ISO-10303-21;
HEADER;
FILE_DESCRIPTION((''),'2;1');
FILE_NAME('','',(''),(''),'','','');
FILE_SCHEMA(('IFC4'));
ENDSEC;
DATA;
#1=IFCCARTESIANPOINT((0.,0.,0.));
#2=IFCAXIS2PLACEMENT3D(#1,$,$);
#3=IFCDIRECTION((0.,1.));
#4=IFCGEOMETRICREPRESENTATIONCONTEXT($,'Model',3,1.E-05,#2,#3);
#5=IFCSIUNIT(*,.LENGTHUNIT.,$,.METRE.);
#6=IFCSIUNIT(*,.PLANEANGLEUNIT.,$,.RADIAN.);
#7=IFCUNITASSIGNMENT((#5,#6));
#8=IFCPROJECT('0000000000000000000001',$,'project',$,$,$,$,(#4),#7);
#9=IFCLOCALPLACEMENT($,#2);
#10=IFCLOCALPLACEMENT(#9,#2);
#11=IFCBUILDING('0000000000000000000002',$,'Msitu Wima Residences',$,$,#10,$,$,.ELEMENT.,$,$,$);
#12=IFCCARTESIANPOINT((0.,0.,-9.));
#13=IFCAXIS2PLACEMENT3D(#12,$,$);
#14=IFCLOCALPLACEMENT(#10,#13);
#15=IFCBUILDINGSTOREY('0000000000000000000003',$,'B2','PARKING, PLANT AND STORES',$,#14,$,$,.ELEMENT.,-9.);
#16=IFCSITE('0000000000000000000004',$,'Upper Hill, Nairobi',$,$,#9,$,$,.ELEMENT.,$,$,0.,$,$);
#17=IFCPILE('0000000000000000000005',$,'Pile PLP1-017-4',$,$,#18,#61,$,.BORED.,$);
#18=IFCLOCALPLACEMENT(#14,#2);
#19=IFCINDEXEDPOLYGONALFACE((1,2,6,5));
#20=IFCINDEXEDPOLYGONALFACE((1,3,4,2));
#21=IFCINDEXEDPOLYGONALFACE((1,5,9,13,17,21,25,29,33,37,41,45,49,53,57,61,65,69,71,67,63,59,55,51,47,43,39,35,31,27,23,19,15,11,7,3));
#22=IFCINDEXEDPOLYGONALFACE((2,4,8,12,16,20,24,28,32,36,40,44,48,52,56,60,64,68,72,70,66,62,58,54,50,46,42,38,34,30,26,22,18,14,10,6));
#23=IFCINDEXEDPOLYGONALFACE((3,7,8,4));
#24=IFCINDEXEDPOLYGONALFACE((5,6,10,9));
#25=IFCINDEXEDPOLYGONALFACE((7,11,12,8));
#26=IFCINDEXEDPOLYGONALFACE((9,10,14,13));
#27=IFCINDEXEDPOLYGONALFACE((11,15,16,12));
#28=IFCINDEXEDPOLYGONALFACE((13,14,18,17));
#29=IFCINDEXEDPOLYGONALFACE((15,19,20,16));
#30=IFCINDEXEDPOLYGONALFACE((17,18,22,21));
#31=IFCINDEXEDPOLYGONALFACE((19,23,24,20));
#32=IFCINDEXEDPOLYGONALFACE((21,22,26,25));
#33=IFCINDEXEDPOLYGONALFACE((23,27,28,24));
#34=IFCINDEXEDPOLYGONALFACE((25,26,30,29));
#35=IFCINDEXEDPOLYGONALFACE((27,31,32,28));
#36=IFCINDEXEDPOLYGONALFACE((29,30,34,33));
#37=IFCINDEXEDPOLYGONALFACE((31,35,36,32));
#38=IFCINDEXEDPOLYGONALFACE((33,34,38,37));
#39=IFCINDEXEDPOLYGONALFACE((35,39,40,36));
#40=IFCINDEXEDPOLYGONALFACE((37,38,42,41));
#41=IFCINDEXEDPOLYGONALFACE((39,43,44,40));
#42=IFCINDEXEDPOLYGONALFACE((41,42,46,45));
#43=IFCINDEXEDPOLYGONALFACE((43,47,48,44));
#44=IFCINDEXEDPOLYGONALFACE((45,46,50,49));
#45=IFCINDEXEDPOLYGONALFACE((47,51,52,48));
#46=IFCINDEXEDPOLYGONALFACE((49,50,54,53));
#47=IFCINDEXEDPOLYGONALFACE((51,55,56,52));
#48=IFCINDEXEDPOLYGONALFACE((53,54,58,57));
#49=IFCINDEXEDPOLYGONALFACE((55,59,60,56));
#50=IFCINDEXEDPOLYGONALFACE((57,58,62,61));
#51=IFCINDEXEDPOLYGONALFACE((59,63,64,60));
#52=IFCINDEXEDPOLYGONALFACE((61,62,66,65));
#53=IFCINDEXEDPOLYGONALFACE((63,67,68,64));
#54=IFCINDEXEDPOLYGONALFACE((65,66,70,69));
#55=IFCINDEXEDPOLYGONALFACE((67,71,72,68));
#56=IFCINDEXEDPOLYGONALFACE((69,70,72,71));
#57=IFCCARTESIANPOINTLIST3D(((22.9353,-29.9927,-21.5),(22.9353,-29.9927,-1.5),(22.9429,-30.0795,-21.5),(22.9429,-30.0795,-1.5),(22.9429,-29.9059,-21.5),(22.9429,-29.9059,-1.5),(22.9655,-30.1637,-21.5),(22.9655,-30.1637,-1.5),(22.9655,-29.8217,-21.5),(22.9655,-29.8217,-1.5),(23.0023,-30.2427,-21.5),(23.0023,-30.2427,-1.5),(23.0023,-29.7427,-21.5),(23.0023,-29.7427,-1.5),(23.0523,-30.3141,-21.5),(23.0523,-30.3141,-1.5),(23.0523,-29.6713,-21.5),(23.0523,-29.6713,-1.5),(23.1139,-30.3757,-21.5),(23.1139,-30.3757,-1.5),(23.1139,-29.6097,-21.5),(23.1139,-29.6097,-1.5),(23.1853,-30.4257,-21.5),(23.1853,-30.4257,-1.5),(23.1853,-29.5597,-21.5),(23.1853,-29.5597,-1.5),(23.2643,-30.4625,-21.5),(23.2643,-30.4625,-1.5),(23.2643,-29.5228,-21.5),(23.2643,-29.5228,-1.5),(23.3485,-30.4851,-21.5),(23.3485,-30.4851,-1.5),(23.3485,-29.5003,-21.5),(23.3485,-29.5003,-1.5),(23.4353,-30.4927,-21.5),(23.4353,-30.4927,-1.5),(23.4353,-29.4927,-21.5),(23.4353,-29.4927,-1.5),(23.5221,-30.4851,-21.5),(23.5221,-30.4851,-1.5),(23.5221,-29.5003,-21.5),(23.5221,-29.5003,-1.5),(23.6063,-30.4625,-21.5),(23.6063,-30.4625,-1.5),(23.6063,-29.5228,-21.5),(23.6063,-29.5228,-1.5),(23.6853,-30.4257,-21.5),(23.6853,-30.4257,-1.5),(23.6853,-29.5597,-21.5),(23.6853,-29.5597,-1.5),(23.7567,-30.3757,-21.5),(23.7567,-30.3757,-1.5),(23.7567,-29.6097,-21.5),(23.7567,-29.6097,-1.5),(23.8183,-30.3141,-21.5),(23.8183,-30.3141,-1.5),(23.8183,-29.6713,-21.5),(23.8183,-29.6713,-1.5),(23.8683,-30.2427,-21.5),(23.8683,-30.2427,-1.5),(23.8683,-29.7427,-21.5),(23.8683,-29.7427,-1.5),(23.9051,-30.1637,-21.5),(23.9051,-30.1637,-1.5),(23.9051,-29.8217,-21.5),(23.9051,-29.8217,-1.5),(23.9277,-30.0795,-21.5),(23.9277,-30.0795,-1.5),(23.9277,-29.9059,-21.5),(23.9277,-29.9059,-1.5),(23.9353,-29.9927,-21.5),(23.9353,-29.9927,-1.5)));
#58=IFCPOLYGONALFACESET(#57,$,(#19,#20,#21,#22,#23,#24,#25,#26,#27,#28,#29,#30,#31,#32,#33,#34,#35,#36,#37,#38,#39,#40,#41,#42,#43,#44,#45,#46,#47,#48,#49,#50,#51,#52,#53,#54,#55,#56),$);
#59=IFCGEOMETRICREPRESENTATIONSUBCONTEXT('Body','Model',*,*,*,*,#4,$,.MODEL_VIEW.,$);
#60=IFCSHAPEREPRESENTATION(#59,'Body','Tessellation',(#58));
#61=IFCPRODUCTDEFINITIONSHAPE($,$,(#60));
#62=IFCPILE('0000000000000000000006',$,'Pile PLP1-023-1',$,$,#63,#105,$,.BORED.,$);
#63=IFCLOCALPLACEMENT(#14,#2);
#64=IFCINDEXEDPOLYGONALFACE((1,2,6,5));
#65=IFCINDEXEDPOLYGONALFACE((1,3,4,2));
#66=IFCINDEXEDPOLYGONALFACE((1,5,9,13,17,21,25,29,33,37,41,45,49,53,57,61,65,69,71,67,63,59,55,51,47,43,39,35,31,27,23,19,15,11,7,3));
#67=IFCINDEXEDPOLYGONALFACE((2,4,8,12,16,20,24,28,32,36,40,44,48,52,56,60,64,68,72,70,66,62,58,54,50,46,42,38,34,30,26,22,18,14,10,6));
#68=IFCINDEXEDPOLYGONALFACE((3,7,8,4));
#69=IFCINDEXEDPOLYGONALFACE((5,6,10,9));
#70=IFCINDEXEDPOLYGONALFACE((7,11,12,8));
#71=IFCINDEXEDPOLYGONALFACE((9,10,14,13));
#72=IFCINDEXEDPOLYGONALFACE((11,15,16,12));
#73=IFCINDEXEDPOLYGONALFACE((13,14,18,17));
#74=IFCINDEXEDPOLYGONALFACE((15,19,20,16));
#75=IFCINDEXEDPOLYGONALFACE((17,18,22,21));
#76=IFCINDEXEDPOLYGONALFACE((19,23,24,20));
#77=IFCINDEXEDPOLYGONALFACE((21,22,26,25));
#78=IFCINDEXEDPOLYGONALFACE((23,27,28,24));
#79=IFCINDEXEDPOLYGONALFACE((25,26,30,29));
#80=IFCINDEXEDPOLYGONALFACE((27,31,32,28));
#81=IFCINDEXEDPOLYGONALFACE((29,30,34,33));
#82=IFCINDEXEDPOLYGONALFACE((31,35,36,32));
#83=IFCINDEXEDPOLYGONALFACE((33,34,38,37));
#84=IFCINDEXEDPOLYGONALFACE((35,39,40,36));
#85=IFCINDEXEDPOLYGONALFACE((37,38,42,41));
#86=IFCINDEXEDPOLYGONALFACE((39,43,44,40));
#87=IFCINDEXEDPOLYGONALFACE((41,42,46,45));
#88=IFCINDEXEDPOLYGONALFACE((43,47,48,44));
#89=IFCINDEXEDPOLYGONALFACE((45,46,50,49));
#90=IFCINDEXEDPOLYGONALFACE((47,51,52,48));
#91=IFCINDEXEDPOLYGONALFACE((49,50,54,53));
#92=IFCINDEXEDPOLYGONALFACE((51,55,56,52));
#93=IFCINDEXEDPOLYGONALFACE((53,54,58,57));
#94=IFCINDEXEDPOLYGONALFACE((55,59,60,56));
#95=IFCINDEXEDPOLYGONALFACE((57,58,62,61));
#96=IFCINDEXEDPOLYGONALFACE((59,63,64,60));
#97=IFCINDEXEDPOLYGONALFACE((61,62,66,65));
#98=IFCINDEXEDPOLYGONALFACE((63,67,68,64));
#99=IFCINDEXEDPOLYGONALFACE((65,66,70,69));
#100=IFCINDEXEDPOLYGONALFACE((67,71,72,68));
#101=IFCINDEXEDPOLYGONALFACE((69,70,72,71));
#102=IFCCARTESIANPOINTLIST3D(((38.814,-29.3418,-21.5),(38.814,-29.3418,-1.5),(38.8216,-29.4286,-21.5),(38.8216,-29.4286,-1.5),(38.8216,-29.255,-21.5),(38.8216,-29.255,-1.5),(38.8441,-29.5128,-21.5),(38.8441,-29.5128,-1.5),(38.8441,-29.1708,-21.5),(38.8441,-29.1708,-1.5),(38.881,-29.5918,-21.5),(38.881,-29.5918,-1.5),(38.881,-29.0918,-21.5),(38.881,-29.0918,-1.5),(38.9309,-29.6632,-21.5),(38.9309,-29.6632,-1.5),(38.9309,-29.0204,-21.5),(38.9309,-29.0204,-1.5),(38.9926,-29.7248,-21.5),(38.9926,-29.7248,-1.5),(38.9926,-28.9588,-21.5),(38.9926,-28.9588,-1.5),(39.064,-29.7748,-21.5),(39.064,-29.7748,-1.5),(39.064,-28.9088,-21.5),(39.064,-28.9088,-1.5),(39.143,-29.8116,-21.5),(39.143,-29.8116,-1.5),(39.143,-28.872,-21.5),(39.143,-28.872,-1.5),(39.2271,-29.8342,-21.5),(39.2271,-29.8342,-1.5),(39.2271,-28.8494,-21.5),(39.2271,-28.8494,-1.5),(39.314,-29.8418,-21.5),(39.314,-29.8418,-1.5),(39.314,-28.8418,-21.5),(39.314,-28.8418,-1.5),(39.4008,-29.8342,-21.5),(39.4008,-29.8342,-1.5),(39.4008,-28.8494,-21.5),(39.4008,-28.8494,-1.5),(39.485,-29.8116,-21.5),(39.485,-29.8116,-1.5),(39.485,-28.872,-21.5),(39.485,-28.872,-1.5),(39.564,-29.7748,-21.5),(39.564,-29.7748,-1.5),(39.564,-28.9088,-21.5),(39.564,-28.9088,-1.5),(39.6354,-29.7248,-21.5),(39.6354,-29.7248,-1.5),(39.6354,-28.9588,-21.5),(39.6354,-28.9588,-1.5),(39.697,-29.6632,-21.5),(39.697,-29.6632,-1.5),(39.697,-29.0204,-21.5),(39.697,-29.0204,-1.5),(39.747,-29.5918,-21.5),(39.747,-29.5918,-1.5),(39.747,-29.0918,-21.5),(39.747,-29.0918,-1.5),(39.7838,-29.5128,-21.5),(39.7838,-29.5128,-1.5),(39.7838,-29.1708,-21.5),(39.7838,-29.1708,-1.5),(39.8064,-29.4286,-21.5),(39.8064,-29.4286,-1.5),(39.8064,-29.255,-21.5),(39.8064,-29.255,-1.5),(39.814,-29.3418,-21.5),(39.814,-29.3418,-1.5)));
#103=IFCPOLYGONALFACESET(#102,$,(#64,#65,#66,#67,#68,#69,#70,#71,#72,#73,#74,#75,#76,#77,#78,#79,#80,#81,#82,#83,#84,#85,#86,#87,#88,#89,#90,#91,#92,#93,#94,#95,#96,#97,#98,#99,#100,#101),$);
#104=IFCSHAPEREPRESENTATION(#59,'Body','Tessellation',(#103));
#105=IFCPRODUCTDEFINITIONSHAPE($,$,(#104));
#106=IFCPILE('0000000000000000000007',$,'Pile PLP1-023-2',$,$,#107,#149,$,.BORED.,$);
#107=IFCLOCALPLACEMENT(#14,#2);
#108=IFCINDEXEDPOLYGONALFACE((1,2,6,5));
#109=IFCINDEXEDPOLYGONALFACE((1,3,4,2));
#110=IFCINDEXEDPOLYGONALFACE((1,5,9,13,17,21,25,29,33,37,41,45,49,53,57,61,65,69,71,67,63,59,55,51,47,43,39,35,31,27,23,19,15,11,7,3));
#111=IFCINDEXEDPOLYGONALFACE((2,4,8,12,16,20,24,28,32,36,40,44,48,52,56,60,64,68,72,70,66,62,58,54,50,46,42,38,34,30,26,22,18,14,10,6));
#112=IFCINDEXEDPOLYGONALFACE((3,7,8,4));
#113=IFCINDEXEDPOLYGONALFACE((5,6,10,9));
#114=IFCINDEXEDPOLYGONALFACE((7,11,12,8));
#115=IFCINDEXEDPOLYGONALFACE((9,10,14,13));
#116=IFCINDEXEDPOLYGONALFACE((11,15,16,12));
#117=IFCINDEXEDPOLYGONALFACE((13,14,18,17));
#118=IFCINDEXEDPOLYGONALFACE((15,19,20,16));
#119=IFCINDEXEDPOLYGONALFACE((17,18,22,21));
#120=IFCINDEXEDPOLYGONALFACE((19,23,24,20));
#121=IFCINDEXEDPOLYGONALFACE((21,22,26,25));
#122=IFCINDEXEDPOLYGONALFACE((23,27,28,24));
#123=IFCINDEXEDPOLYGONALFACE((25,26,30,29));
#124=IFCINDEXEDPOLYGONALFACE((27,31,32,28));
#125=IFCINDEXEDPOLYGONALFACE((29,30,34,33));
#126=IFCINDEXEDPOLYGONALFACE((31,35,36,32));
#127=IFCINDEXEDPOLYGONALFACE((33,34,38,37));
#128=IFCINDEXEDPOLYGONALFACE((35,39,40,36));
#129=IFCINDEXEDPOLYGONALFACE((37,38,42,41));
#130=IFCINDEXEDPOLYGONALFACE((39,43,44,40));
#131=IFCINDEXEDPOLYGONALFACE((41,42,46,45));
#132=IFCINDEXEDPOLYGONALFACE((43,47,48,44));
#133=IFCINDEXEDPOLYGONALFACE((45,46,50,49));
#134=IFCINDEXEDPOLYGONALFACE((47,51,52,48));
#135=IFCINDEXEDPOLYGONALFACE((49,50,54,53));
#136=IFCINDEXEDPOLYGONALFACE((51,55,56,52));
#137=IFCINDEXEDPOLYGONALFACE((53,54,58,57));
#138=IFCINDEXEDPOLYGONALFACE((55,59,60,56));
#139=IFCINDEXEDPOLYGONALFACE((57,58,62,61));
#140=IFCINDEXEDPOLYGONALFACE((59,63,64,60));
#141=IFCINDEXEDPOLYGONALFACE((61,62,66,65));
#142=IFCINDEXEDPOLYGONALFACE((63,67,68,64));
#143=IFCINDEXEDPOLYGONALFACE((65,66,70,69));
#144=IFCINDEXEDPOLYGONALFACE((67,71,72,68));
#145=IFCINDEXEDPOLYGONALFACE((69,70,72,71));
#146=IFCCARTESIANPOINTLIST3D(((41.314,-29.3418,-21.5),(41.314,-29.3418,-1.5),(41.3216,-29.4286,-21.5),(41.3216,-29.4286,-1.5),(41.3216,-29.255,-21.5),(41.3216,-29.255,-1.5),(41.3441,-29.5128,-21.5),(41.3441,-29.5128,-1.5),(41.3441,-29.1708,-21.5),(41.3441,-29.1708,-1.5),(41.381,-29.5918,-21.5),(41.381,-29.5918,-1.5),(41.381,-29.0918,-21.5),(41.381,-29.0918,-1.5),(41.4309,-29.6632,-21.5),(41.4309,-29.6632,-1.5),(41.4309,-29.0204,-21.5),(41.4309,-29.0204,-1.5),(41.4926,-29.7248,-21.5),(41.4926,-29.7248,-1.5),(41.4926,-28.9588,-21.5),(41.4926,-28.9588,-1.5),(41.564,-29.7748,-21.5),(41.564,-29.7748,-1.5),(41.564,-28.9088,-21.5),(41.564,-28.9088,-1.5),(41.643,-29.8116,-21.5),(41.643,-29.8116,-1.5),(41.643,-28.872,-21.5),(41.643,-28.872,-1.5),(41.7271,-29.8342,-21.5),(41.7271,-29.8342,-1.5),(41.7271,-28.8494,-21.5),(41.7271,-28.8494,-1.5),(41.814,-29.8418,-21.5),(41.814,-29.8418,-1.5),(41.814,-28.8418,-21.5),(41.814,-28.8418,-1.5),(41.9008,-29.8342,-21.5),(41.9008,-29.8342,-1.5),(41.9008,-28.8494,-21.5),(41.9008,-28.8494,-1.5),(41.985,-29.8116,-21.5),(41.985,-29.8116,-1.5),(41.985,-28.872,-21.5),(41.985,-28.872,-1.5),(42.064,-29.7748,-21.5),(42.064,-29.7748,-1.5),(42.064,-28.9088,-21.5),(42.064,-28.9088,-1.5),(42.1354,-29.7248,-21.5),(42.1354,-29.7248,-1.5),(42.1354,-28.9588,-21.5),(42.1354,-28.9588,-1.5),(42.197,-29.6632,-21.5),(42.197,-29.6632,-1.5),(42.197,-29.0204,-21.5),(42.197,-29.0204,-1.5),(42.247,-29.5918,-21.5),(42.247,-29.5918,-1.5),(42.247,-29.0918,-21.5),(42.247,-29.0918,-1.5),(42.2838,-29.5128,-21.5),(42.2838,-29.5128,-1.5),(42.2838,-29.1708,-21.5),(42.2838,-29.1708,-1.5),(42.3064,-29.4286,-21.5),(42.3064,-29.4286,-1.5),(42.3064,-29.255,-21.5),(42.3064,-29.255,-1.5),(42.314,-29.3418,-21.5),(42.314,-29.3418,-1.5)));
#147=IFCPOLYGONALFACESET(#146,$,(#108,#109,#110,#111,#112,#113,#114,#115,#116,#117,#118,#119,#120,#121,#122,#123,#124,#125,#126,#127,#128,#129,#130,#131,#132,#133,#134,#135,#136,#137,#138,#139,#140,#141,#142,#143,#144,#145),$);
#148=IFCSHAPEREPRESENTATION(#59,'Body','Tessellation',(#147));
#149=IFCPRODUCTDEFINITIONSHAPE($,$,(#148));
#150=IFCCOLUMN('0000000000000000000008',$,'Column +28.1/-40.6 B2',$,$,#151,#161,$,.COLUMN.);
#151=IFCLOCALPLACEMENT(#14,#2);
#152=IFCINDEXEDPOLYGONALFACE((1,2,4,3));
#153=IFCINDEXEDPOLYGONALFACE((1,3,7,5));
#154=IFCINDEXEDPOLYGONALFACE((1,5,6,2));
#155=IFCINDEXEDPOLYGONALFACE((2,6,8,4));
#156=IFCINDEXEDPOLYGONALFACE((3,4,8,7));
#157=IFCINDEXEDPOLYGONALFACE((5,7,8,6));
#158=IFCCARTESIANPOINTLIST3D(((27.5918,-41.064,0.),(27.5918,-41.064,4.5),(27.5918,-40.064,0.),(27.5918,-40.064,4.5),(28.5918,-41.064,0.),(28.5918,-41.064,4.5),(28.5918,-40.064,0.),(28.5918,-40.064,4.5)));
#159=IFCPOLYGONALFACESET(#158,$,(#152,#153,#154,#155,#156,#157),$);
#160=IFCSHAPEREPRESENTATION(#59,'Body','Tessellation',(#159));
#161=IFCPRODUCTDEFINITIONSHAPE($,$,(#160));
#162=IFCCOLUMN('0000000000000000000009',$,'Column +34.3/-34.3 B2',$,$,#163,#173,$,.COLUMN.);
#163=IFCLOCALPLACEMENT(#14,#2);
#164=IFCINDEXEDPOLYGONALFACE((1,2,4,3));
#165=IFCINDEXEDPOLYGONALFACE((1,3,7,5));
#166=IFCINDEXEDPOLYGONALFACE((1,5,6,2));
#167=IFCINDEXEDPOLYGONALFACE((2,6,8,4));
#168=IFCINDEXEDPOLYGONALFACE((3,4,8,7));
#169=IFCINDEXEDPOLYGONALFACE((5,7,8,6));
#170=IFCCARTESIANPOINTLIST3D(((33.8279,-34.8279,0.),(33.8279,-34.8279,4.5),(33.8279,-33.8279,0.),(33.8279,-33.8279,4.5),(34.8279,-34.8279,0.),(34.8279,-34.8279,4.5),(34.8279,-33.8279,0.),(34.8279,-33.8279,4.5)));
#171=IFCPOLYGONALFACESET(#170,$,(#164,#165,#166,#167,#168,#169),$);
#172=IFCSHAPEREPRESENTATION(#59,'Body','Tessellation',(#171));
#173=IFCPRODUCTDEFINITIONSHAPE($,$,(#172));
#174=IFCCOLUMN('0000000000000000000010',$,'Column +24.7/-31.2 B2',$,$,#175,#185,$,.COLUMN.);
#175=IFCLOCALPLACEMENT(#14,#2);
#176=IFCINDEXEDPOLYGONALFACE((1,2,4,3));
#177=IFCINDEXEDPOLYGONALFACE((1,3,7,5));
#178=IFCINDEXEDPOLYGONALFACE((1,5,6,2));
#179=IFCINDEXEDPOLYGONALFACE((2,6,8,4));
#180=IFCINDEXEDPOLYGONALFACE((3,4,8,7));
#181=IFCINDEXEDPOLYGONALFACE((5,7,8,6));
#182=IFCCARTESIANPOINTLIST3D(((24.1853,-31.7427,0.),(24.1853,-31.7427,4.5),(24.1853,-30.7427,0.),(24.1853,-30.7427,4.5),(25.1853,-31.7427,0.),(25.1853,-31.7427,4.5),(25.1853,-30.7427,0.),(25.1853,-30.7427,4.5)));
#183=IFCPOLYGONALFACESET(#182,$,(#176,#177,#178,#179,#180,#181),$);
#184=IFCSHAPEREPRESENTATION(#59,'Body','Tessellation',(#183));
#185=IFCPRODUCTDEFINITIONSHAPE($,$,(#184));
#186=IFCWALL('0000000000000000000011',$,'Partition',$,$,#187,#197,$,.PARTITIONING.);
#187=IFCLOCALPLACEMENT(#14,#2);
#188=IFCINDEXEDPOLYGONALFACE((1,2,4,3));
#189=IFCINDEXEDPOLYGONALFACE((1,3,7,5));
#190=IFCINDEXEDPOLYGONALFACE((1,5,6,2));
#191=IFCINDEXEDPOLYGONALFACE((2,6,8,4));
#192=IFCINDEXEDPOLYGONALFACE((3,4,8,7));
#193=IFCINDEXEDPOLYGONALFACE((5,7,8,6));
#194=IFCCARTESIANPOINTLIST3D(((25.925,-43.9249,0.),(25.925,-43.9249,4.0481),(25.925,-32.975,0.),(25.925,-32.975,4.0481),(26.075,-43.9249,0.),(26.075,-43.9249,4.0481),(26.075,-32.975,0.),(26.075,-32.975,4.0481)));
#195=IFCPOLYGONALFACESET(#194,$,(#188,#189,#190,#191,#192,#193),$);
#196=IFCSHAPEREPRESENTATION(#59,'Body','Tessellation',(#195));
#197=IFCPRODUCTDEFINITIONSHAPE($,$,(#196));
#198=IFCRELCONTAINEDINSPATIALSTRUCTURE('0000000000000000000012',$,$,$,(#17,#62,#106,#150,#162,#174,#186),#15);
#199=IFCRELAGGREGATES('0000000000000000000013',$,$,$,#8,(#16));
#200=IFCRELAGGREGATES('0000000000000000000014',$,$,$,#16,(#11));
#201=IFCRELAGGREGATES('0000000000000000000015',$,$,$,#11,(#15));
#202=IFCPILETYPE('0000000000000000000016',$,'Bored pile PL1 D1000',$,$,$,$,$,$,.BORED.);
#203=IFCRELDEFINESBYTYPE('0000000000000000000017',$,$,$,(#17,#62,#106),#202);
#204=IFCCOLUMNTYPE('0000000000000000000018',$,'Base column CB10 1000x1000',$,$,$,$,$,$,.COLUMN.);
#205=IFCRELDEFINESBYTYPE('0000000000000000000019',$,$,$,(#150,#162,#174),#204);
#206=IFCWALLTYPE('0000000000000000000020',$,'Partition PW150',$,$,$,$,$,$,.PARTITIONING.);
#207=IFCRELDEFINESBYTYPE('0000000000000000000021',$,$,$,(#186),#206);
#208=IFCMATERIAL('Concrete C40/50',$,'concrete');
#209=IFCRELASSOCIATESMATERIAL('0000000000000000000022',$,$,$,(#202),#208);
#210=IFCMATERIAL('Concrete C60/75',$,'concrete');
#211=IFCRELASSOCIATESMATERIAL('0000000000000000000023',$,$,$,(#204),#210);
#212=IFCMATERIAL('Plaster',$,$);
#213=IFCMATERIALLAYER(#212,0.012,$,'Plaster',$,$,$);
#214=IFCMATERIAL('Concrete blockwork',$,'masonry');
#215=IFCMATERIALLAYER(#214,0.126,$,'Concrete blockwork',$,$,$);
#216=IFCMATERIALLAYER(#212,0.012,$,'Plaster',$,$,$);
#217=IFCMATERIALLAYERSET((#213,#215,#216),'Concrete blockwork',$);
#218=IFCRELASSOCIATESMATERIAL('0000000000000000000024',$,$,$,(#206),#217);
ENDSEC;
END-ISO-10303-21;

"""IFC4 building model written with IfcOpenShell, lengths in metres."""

from ifc_helpers import new_model, si_unit, direction, frame, frame_2d, origin, origin_2d, place, context, subcontext, project, spatial, rectangle, circle, extrude, material, layer, layer_set, material_profile, profile_set, type_object, element, save


model = new_model("IFC4")

# Units and contexts
model_context = context("Model", 3, precision=1e-05, world=origin(), true_north=direction((0.0, 1.0)))
body_context = subcontext(model_context, "Body", "Model", "MODEL_VIEW")
ifc_project = project(units=[si_unit("LENGTHUNIT", "METRE"), si_unit("PLANEANGLEUNIT", "RADIAN")], contexts=[model_context])

# Site, building, storey
site_placement = place(None, origin())
site = spatial("IfcSite", under=ifc_project, at=site_placement, Name="Upper Hill, Nairobi", CompositionType="ELEMENT", RefElevation=0.0)
building_placement = place(site_placement, origin())
building = spatial("IfcBuilding", under=site, at=building_placement, Name="Msitu Wima Residences", CompositionType="ELEMENT")
storey_placement = place(building_placement, frame((0.0, 0.0, -9.0)))
storey = spatial("IfcBuildingStorey", under=building, at=storey_placement, Name="B2", Description="PARKING, PLANT AND STORES", CompositionType="ELEMENT", Elevation=-9.0)

# Piles
ifc_material_1 = material(Name="Concrete C40/50", Category="concrete")
pile_type = type_object("IfcPileType", Name="Bored pile PL1 D1000", PredefinedType="BORED", material=ifc_material_1)
for number, where, z_axis, x_axis, name in (
    (1, (23.4353, -29.9927, -1.5), (0.0, 0.0, -1.0), (1.0, 0.0, 0.0), "Pile PLP1-017-4"),
    (2, (39.314, -29.3418, -1.5), (0.0, 0.0, -1.0), (1.0, 0.0, 0.0), "Pile PLP1-023-1"),
    (3, (41.814, -29.3418, -1.5), (0.0, 0.0, -1.0), (1.0, 0.0, 0.0), "Pile PLP1-023-2"),
):
    element("IfcPile", number, at=place(storey_placement, frame(where, z_axis=z_axis, x_axis=x_axis)), inside=storey, type_object=pile_type, Name=name, PredefinedType="BORED", context=body_context, shape_type="SweptSolid", body=[
        extrude(circle(Radius=0.5, at=origin_2d()), origin(), (0.0, 0.0, 1.0), 20.0),
    ])

# Columns
ifc_material_2 = material(Name="Concrete C60/75", Category="concrete")
ifc_material_profile = material_profile(ifc_material_2, rectangle(XDim=1.0, YDim=1.0, at=origin_2d()), Name="RC 1000x1000")
ifc_profile_set = profile_set([ifc_material_profile], Name="Concrete C60/75")
column_type = type_object("IfcColumnType", Name="Base column CB10 1000x1000", PredefinedType="COLUMN", material=ifc_profile_set)
for number, where, z_axis, x_axis, name in (
    (4, (28.0918, -40.564, 0.0), (0.0, 0.0, 1.0), (1.0, 0.0, 0.0), "Column +28.1/-40.6 B2"),
    (5, (34.3279, -34.3279, 0.0), (0.0, 0.0, 1.0), (1.0, 0.0, 0.0), "Column +34.3/-34.3 B2"),
    (6, (24.6853, -31.2427, 0.0), (0.0, 0.0, 1.0), (1.0, 0.0, 0.0), "Column +24.7/-31.2 B2"),
):
    element("IfcColumn", number, at=place(storey_placement, frame(where, z_axis=z_axis, x_axis=x_axis)), inside=storey, type_object=column_type, Name=name, PredefinedType="COLUMN", context=body_context, shape_type="SweptSolid", body=[
        extrude(rectangle(XDim=1.0, YDim=1.0, at=origin_2d()), origin(), (0.0, 0.0, 1.0), 4.5),
    ])

# Wall
ifc_material_3 = material(Name="Plaster")
ifc_layer_1 = layer(ifc_material_3, 0.012, Name="Plaster")
ifc_material_4 = material(Name="Concrete blockwork", Category="masonry")
ifc_layer_2 = layer(ifc_material_4, 0.126, Name="Concrete blockwork")
ifc_layer_3 = layer(ifc_material_3, 0.012, Name="Plaster")
ifc_layer_set = layer_set([ifc_layer_1, ifc_layer_2, ifc_layer_3], Name="Concrete blockwork")
wall_type = type_object("IfcWallType", Name="Partition PW150", PredefinedType="PARTITIONING", material=ifc_layer_set)
wall_1_placement = place(storey_placement, frame((26.0, -43.925, 0.0), z_axis=(0.0, 0.0, 1.0), x_axis=(0.0, 1.0, 0.0)))
element("IfcWall", 7, at=wall_1_placement, inside=storey, type_object=wall_type, Name="Partition", PredefinedType="PARTITIONING", context=body_context, shape_type="SweptSolid", body=[
    extrude(rectangle(XDim=10.95, YDim=0.1499, at=frame_2d((5.4751, 0.0))), origin(), (0.0, 0.0, 1.0), 4.0481),
])

save(model, "model.ifc")
